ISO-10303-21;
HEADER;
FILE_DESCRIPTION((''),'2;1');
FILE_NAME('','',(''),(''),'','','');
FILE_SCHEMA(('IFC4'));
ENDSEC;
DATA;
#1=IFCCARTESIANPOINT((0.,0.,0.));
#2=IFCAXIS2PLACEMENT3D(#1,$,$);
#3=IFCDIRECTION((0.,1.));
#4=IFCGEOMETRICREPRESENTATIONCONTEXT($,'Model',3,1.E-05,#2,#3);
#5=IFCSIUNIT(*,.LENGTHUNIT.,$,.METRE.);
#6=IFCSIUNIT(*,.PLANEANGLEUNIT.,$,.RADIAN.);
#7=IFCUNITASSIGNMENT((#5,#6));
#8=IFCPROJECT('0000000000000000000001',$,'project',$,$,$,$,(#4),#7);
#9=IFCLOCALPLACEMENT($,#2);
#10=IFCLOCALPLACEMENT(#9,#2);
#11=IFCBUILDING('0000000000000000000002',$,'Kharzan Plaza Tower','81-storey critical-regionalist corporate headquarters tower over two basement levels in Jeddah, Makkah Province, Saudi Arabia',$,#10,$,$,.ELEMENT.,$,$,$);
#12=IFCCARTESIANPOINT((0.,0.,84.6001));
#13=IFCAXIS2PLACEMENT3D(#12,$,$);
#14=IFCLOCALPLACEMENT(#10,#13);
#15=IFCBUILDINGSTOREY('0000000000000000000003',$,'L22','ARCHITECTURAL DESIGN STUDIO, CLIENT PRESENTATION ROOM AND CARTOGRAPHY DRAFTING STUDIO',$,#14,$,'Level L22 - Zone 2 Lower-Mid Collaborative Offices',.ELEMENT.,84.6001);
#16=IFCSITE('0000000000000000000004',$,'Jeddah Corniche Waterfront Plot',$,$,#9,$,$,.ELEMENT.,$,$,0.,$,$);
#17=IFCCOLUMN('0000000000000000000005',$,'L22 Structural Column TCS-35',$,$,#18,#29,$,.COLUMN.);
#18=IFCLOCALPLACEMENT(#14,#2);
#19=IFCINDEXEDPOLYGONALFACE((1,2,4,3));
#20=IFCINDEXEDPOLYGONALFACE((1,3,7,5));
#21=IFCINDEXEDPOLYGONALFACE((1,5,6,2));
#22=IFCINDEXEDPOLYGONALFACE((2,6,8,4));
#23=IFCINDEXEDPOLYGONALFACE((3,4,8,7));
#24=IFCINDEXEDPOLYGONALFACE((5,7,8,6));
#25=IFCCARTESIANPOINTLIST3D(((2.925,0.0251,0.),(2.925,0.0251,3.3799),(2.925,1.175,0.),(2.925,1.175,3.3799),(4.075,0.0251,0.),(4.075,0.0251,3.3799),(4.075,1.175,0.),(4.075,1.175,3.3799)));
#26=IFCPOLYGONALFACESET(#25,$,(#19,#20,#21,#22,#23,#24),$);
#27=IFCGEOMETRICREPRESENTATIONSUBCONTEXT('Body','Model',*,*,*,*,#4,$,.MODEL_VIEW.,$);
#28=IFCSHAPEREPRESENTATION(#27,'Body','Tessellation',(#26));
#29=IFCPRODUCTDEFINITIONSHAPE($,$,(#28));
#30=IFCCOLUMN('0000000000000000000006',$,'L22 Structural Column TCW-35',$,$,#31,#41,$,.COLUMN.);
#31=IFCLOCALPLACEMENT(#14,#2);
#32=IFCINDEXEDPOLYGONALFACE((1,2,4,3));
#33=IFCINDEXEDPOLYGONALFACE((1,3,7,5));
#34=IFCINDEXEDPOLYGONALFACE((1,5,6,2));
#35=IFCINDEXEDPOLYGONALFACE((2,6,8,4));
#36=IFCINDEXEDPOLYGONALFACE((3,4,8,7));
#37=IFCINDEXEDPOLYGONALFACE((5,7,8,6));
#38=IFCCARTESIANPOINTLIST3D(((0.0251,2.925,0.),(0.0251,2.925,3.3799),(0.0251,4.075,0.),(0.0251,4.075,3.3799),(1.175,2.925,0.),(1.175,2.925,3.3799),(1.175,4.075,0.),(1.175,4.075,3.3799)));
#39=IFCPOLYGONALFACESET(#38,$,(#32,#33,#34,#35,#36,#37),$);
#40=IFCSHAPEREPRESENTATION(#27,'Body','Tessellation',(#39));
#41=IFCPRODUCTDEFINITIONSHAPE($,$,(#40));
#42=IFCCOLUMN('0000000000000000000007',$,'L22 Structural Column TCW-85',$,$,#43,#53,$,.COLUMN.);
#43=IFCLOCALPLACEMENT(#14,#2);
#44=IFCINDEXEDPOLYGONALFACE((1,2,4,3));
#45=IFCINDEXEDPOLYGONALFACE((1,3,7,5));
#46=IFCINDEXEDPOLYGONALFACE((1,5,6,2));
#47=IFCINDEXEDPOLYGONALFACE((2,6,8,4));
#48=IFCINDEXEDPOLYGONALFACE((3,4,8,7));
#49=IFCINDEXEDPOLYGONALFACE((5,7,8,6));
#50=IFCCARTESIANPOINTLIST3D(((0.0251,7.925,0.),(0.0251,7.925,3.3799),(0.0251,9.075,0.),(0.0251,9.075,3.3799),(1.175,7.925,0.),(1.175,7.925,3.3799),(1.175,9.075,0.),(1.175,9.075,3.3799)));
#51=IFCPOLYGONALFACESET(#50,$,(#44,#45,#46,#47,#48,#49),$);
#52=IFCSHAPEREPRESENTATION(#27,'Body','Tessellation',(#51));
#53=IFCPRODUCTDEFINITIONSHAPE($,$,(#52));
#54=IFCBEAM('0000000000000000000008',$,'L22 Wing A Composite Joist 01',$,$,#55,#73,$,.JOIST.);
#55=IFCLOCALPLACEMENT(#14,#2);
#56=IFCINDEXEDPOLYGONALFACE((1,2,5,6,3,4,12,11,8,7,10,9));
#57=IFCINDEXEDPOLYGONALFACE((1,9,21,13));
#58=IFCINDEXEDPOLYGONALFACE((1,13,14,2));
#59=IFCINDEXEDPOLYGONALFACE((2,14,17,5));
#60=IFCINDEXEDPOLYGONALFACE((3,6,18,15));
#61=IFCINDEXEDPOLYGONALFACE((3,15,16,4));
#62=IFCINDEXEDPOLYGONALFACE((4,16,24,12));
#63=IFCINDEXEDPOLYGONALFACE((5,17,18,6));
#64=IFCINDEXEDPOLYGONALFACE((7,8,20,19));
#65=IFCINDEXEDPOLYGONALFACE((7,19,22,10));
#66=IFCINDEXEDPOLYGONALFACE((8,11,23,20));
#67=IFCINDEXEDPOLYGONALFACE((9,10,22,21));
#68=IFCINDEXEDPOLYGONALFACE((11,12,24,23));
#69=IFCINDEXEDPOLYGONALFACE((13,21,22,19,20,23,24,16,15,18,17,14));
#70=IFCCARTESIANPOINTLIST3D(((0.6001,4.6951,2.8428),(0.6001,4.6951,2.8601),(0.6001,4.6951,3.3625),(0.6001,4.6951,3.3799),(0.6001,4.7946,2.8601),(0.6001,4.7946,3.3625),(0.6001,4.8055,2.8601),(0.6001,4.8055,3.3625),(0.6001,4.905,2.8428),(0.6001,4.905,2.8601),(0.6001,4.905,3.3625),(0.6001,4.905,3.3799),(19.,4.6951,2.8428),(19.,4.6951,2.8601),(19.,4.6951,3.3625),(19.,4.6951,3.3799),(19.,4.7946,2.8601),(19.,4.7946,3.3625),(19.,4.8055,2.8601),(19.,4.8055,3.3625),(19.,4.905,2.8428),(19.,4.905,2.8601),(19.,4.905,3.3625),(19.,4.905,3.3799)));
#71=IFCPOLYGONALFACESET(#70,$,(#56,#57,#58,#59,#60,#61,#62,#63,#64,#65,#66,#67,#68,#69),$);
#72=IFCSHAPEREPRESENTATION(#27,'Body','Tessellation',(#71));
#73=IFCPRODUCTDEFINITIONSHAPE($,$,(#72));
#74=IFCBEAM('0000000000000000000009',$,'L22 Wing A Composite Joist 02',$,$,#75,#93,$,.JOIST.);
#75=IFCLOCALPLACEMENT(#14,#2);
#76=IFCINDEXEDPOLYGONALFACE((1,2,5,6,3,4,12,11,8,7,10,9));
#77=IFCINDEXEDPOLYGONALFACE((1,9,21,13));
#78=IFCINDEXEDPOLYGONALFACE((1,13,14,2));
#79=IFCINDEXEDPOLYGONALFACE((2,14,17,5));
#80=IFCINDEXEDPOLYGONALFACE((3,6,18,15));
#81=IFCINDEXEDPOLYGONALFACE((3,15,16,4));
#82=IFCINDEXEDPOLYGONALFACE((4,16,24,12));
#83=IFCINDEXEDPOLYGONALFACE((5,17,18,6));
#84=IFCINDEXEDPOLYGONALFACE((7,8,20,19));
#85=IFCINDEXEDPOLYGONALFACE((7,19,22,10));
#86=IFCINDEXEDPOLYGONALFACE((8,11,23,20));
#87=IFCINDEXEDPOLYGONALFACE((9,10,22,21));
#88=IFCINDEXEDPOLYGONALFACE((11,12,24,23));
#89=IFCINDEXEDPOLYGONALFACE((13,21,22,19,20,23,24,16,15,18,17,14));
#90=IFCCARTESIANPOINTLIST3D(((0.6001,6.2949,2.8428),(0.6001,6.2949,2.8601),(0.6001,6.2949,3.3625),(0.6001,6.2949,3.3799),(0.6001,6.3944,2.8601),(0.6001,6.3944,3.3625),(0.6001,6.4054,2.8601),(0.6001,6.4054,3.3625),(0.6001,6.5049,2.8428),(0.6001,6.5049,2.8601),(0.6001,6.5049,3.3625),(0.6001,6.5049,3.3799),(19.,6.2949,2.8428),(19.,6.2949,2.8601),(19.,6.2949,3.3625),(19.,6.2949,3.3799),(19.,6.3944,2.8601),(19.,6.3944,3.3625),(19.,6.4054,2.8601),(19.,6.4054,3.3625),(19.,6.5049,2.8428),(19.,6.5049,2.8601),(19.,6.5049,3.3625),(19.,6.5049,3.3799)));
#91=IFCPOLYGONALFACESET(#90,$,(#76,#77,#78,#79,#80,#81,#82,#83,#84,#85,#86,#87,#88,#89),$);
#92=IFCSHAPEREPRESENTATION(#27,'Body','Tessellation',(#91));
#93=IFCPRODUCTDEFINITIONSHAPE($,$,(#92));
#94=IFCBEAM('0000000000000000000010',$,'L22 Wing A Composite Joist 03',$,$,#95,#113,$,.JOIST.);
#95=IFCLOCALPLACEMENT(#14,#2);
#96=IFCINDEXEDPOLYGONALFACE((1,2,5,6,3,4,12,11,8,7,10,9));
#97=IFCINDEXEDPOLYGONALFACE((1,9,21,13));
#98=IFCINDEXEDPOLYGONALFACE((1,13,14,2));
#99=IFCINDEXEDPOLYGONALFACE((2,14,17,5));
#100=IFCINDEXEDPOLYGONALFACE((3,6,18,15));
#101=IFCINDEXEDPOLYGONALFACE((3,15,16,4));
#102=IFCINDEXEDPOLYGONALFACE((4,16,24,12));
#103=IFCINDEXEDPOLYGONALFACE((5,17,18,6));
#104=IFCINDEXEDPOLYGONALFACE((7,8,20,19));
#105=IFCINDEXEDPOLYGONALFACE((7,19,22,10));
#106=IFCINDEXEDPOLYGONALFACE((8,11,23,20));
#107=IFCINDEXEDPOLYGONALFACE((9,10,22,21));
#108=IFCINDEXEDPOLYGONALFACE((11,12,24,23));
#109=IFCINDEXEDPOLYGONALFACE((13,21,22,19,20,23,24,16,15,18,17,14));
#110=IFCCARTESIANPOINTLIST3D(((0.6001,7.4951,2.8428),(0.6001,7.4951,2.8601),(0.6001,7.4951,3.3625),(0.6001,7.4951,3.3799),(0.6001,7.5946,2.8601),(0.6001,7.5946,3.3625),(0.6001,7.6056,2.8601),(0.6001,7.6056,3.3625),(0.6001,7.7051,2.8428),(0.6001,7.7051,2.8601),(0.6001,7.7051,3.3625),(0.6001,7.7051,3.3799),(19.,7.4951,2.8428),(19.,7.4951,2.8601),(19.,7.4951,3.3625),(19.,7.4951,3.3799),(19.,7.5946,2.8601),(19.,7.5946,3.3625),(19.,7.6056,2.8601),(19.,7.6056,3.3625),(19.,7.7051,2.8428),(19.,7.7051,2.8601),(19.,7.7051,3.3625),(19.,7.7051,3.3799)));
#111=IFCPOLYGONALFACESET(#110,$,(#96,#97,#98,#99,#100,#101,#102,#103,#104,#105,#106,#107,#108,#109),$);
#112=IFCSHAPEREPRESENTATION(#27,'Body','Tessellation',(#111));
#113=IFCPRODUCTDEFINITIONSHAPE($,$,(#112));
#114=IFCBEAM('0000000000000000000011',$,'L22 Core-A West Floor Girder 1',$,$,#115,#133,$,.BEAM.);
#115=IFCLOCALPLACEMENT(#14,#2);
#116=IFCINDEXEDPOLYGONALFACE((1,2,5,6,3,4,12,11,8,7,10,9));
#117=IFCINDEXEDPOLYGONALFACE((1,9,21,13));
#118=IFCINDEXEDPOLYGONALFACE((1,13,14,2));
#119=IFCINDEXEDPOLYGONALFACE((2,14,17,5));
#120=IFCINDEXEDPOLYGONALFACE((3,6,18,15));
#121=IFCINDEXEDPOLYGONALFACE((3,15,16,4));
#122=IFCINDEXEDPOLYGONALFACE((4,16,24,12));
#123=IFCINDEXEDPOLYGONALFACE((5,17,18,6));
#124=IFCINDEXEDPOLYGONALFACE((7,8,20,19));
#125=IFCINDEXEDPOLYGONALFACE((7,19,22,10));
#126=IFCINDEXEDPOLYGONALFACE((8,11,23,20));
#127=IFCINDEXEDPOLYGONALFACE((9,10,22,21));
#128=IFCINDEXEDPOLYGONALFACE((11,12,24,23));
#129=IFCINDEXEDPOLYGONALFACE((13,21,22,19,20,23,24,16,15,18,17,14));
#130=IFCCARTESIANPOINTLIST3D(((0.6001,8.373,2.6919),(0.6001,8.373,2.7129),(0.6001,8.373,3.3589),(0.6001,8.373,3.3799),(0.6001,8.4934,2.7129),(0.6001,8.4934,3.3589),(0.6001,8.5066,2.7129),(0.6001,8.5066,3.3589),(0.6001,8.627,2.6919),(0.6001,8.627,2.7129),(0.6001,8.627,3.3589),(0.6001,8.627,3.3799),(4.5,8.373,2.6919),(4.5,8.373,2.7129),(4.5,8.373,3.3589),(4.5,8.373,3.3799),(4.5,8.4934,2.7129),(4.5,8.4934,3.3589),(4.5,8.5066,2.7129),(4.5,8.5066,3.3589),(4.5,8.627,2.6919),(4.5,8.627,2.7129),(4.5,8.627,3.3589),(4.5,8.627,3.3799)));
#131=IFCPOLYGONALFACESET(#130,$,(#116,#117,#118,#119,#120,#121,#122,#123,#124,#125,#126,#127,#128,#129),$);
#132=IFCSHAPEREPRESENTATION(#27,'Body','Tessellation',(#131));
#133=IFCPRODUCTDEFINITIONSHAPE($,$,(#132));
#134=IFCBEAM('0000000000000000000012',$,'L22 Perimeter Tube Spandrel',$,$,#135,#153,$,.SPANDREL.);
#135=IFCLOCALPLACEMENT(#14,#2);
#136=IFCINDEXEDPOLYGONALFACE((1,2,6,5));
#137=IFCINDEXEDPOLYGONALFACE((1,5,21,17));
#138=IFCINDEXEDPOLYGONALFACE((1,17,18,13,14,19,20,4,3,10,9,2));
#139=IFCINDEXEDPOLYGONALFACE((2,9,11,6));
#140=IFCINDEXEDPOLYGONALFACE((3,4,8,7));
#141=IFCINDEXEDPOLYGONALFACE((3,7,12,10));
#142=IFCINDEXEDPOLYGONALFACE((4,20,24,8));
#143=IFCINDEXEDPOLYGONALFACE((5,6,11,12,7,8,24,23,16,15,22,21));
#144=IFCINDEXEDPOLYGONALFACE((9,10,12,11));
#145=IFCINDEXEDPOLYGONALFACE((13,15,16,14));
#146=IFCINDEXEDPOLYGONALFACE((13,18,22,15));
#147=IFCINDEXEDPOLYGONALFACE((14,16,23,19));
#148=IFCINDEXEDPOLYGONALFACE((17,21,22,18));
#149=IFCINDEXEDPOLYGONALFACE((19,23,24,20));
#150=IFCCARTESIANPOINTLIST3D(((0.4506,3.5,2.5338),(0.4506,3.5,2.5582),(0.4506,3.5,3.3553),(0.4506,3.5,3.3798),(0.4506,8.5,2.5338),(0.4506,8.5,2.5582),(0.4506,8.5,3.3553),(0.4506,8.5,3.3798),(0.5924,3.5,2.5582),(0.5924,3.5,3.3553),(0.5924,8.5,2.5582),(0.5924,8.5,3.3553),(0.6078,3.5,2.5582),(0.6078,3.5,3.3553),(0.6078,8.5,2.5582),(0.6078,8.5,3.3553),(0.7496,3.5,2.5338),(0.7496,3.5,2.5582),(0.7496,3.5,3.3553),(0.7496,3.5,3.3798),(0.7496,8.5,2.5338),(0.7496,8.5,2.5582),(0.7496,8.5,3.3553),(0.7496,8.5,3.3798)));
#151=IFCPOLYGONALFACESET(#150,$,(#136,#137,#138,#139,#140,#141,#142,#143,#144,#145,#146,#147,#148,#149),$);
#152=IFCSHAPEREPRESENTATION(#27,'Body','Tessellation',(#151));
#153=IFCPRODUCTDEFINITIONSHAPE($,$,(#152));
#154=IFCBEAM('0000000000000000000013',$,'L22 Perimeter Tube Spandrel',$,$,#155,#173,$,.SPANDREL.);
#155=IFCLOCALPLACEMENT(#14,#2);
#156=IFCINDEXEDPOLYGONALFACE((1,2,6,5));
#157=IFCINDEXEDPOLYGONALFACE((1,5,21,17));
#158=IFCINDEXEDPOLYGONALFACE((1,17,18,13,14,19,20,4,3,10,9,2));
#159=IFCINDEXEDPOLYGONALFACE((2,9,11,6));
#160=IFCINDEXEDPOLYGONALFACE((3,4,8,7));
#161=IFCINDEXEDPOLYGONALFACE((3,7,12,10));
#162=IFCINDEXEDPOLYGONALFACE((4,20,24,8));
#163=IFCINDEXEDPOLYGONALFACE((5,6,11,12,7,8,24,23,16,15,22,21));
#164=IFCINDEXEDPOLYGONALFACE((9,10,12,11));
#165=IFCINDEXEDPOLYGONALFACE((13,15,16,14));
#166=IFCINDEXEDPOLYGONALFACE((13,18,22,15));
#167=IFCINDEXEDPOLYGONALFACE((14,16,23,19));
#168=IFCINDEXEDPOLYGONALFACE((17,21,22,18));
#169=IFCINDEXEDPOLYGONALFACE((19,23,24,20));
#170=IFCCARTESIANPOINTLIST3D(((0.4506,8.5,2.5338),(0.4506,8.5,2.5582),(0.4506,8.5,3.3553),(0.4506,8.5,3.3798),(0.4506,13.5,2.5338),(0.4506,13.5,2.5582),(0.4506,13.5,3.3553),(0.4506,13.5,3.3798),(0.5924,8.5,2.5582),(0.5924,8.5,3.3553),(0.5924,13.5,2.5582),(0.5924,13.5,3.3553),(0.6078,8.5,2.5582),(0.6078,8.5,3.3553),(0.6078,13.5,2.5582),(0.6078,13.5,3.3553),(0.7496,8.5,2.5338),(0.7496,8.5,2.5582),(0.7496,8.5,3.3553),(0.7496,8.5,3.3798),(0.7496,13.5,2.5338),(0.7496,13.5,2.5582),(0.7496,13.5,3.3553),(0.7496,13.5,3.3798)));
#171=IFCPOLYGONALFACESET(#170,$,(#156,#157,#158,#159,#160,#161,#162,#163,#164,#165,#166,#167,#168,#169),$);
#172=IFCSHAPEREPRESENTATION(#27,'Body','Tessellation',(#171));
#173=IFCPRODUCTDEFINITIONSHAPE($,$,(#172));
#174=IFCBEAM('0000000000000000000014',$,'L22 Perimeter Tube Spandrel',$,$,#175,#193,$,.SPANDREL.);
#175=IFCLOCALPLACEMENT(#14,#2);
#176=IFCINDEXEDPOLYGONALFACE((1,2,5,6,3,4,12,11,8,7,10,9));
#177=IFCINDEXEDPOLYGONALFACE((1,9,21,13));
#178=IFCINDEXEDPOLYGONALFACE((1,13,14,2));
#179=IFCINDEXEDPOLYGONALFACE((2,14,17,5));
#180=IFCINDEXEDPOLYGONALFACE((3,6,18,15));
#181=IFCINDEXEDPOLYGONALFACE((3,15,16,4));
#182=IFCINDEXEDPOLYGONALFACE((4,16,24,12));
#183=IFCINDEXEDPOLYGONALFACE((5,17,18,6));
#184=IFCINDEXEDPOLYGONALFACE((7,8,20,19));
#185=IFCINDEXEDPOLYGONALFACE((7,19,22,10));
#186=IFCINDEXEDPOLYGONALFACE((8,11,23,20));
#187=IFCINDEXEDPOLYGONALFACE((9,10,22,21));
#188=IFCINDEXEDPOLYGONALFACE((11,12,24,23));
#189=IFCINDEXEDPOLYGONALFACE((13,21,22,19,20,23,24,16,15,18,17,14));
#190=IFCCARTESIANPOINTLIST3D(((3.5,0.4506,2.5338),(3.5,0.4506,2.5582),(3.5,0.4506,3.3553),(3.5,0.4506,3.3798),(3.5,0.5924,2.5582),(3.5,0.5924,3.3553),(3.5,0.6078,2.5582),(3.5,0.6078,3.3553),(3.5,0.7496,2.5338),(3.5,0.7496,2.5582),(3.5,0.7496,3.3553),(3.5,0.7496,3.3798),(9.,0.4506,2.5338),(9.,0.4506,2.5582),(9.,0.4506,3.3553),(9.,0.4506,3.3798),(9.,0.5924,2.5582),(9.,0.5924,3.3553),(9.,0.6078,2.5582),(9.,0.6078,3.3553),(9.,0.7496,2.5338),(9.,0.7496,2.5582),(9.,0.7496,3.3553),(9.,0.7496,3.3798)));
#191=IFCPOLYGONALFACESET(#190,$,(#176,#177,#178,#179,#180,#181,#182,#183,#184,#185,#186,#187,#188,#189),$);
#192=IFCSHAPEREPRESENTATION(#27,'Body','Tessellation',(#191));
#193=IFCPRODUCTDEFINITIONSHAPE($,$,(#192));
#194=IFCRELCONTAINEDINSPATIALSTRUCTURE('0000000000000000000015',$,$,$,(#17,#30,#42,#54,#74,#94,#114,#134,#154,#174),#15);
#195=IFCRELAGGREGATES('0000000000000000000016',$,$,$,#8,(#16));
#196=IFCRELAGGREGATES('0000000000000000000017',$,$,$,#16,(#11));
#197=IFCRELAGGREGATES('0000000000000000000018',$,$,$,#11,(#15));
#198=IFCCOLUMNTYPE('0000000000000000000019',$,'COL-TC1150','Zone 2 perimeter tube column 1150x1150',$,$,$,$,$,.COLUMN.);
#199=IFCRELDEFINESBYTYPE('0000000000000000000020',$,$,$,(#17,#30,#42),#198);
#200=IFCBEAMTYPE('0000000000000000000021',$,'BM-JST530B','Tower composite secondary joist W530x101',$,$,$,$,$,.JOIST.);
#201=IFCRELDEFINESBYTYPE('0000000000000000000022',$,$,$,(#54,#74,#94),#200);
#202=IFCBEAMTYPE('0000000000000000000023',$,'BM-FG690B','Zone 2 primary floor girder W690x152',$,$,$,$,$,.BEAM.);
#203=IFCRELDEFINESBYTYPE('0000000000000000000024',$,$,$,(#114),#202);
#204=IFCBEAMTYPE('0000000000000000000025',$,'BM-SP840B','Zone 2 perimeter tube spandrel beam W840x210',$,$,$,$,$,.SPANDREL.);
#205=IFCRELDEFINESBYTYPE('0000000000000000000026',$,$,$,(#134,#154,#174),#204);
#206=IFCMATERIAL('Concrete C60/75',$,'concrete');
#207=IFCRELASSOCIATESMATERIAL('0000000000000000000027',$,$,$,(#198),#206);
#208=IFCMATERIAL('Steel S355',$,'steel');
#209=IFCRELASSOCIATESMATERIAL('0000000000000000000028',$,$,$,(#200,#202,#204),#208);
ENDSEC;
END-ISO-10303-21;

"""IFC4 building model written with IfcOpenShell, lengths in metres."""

from ifc_helpers import new_model, si_unit, direction, frame, origin, origin_2d, place, context, subcontext, project, spatial, rectangle, i_section, extrude, source, transform, mapped, material, material_profile, profile_set, type_object, element, save


model = new_model("IFC4")

# Units and contexts
model_context = context("Model", 3, precision=1e-05, world=origin(), true_north=direction((0.0, 1.0)))
body_context = subcontext(model_context, "Body", "Model", "MODEL_VIEW")
ifc_project = project(units=[si_unit("LENGTHUNIT", "METRE"), si_unit("PLANEANGLEUNIT", "RADIAN")], contexts=[model_context])

# Site, building, storey
site_placement = place(None, origin())
site = spatial("IfcSite", under=ifc_project, at=site_placement, Name="Jeddah Corniche Waterfront Plot", CompositionType="ELEMENT", RefElevation=0.0)
building_placement = place(site_placement, origin())
building = spatial("IfcBuilding", under=site, at=building_placement, Name="Kharzan Plaza Tower", Description="81-storey critical-regionalist corporate headquarters tower over two basement levels in Jeddah, Makkah Province, Saudi Arabia", CompositionType="ELEMENT")
storey_placement = place(building_placement, frame((0.0, 0.0, 84.6001)))
storey = spatial("IfcBuildingStorey", under=building, at=storey_placement, Name="L22", Description="ARCHITECTURAL DESIGN STUDIO, CLIENT PRESENTATION ROOM AND CARTOGRAPHY DRAFTING STUDIO", LongName="Level L22 - Zone 2 Lower-Mid Collaborative Offices", CompositionType="ELEMENT", Elevation=84.6001)

# Columns
ifc_material_1 = material(Name="Concrete C60/75", Category="concrete")
ifc_material_profile_1 = material_profile(ifc_material_1, rectangle(XDim=1.1499, YDim=1.1499, at=origin_2d()), Name="RC-TC1150x1150")
ifc_profile_set_1 = profile_set([ifc_material_profile_1], Name="Concrete C60/75")
column_type = type_object("IfcColumnType", Name="COL-TC1150", Description="Zone 2 perimeter tube column 1150x1150", PredefinedType="COLUMN", material=ifc_profile_set_1)
shared_shape_1 = source(origin(), body_context, "Body", "SweptSolid", [
    extrude(rectangle(XDim=1.1499, YDim=1.1499, at=origin_2d()), origin(), (0.0, 0.0, 1.0), 3.3799),
])
for number, where, z_axis, x_axis, name in (
    (1, (3.5, 0.6001, 0.0), (0.0, 0.0, 1.0), (1.0, 0.0, 0.0), "L22 Structural Column TCS-35"),
    (2, (0.6001, 3.5, 0.0), (0.0, 0.0, 1.0), (1.0, 0.0, 0.0), "L22 Structural Column TCW-35"),
    (3, (0.6001, 8.5, 0.0), (0.0, 0.0, 1.0), (1.0, 0.0, 0.0), "L22 Structural Column TCW-85"),
):
    element("IfcColumn", number, at=place(storey_placement, frame(where, z_axis=z_axis, x_axis=x_axis)), inside=storey, type_object=column_type, Name=name, PredefinedType="COLUMN", context=body_context, shape_type="MappedRepresentation", body=[
        mapped(shared_shape_1, transform((0.0, 0.0, 0.0), x_axis=(1.0, 0.0, 0.0), y_axis=(0.0, 1.0, 0.0), z_axis=(0.0, 0.0, 1.0))),
    ])

# Beams
ifc_material_2 = material(Name="Steel S355", Category="steel")
ifc_material_profile_2 = material_profile(ifc_material_2, i_section(OverallWidth=0.21, OverallDepth=0.5371, WebThickness=0.011, FlangeThickness=0.0173, at=origin_2d()), Name="W530x101")
ifc_profile_set_2 = profile_set([ifc_material_profile_2], Name="Steel S355")
beam_type_1 = type_object("IfcBeamType", Name="BM-JST530B", Description="Tower composite secondary joist W530x101", PredefinedType="JOIST", material=ifc_profile_set_2)
shared_shape_2 = source(origin(), body_context, "Body", "SweptSolid", [
    extrude(i_section(OverallWidth=0.21, OverallDepth=0.5371, WebThickness=0.011, FlangeThickness=0.0173, at=origin_2d()), origin(), (0.0, 0.0, 1.0), 18.3999),
])
for number, where, z_axis, x_axis, name in (
    (4, (0.6001, 4.8, 3.1113), (1.0, 0.0, 0.0), (0.0, 1.0, 0.0), "L22 Wing A Composite Joist 01"),
    (5, (0.6001, 6.3999, 3.1113), (1.0, 0.0, 0.0), (0.0, 1.0, 0.0), "L22 Wing A Composite Joist 02"),
    (6, (0.6001, 7.6001, 3.1113), (1.0, 0.0, 0.0), (0.0, 1.0, 0.0), "L22 Wing A Composite Joist 03"),
):
    element("IfcBeam", number, at=place(storey_placement, frame(where, z_axis=z_axis, x_axis=x_axis)), inside=storey, type_object=beam_type_1, Name=name, PredefinedType="JOIST", context=body_context, shape_type="MappedRepresentation", body=[
        mapped(shared_shape_2, transform((0.0, 0.0, 0.0), x_axis=(1.0, 0.0, 0.0), y_axis=(0.0, 1.0, 0.0), z_axis=(0.0, 0.0, 1.0))),
    ])
ifc_material_profile_3 = material_profile(ifc_material_2, i_section(OverallWidth=0.2539, OverallDepth=0.688, WebThickness=0.0132, FlangeThickness=0.021, at=origin_2d()), Name="W690x152")
ifc_profile_set_3 = profile_set([ifc_material_profile_3], Name="Steel S355")
beam_type_2 = type_object("IfcBeamType", Name="BM-FG690B", Description="Zone 2 primary floor girder W690x152", PredefinedType="BEAM", material=ifc_profile_set_3)
shared_shape_3 = source(origin(), body_context, "Body", "SweptSolid", [
    extrude(i_section(OverallWidth=0.2539, OverallDepth=0.688, WebThickness=0.0132, FlangeThickness=0.021, at=origin_2d()), origin(), (0.0, 0.0, 1.0), 3.8999),
])
beam_1_placement = place(storey_placement, frame((0.6001, 8.5, 3.0359), z_axis=(1.0, 0.0, 0.0), x_axis=(0.0, 1.0, 0.0)))
element("IfcBeam", 7, at=beam_1_placement, inside=storey, type_object=beam_type_2, Name="L22 Core-A West Floor Girder 1", PredefinedType="BEAM", context=body_context, shape_type="MappedRepresentation", body=[
    mapped(shared_shape_3, transform((0.0, 0.0, 0.0), x_axis=(1.0, 0.0, 0.0), y_axis=(0.0, 1.0, 0.0), z_axis=(0.0, 0.0, 1.0))),
])
ifc_material_profile_4 = material_profile(ifc_material_2, i_section(OverallWidth=0.2991, OverallDepth=0.8459, WebThickness=0.0154, FlangeThickness=0.0244, at=origin_2d()), Name="W840x210")
ifc_profile_set_4 = profile_set([ifc_material_profile_4], Name="Steel S355")
beam_type_3 = type_object("IfcBeamType", Name="BM-SP840B", Description="Zone 2 perimeter tube spandrel beam W840x210", PredefinedType="SPANDREL", material=ifc_profile_set_4)
shared_shape_4 = source(origin(), body_context, "Body", "SweptSolid", [
    extrude(i_section(OverallWidth=0.2991, OverallDepth=0.8459, WebThickness=0.0154, FlangeThickness=0.0244, at=origin_2d()), origin(), (0.0, 0.0, 1.0), 5.0),
])
for number, where, z_axis, x_axis, name in (
    (8, (0.6001, 3.5, 2.9568), (0.0, 1.0, 0.0), (-1.0, 0.0, 0.0), "L22 Perimeter Tube Spandrel"),
    (9, (0.6001, 8.5, 2.9568), (0.0, 1.0, 0.0), (-1.0, 0.0, 0.0), "L22 Perimeter Tube Spandrel"),
):
    element("IfcBeam", number, at=place(storey_placement, frame(where, z_axis=z_axis, x_axis=x_axis)), inside=storey, type_object=beam_type_3, Name=name, PredefinedType="SPANDREL", context=body_context, shape_type="MappedRepresentation", body=[
        mapped(shared_shape_4, transform((0.0, 0.0, 0.0), x_axis=(1.0, 0.0, 0.0), y_axis=(0.0, 1.0, 0.0), z_axis=(0.0, 0.0, 1.0))),
    ])
shared_shape_5 = source(origin(), body_context, "Body", "SweptSolid", [
    extrude(i_section(OverallWidth=0.2991, OverallDepth=0.8459, WebThickness=0.0154, FlangeThickness=0.0244, at=origin_2d()), origin(), (0.0, 0.0, 1.0), 5.5),
])
beam_2_placement = place(storey_placement, frame((3.5, 0.6001, 2.9568), z_axis=(1.0, 0.0, 0.0), x_axis=(0.0, 1.0, 0.0)))
element("IfcBeam", 10, at=beam_2_placement, inside=storey, type_object=beam_type_3, Name="L22 Perimeter Tube Spandrel", PredefinedType="SPANDREL", context=body_context, shape_type="MappedRepresentation", body=[
    mapped(shared_shape_5, transform((0.0, 0.0, 0.0), x_axis=(1.0, 0.0, 0.0), y_axis=(0.0, 1.0, 0.0), z_axis=(0.0, 0.0, 1.0))),
])

save(model, "model.ifc")
